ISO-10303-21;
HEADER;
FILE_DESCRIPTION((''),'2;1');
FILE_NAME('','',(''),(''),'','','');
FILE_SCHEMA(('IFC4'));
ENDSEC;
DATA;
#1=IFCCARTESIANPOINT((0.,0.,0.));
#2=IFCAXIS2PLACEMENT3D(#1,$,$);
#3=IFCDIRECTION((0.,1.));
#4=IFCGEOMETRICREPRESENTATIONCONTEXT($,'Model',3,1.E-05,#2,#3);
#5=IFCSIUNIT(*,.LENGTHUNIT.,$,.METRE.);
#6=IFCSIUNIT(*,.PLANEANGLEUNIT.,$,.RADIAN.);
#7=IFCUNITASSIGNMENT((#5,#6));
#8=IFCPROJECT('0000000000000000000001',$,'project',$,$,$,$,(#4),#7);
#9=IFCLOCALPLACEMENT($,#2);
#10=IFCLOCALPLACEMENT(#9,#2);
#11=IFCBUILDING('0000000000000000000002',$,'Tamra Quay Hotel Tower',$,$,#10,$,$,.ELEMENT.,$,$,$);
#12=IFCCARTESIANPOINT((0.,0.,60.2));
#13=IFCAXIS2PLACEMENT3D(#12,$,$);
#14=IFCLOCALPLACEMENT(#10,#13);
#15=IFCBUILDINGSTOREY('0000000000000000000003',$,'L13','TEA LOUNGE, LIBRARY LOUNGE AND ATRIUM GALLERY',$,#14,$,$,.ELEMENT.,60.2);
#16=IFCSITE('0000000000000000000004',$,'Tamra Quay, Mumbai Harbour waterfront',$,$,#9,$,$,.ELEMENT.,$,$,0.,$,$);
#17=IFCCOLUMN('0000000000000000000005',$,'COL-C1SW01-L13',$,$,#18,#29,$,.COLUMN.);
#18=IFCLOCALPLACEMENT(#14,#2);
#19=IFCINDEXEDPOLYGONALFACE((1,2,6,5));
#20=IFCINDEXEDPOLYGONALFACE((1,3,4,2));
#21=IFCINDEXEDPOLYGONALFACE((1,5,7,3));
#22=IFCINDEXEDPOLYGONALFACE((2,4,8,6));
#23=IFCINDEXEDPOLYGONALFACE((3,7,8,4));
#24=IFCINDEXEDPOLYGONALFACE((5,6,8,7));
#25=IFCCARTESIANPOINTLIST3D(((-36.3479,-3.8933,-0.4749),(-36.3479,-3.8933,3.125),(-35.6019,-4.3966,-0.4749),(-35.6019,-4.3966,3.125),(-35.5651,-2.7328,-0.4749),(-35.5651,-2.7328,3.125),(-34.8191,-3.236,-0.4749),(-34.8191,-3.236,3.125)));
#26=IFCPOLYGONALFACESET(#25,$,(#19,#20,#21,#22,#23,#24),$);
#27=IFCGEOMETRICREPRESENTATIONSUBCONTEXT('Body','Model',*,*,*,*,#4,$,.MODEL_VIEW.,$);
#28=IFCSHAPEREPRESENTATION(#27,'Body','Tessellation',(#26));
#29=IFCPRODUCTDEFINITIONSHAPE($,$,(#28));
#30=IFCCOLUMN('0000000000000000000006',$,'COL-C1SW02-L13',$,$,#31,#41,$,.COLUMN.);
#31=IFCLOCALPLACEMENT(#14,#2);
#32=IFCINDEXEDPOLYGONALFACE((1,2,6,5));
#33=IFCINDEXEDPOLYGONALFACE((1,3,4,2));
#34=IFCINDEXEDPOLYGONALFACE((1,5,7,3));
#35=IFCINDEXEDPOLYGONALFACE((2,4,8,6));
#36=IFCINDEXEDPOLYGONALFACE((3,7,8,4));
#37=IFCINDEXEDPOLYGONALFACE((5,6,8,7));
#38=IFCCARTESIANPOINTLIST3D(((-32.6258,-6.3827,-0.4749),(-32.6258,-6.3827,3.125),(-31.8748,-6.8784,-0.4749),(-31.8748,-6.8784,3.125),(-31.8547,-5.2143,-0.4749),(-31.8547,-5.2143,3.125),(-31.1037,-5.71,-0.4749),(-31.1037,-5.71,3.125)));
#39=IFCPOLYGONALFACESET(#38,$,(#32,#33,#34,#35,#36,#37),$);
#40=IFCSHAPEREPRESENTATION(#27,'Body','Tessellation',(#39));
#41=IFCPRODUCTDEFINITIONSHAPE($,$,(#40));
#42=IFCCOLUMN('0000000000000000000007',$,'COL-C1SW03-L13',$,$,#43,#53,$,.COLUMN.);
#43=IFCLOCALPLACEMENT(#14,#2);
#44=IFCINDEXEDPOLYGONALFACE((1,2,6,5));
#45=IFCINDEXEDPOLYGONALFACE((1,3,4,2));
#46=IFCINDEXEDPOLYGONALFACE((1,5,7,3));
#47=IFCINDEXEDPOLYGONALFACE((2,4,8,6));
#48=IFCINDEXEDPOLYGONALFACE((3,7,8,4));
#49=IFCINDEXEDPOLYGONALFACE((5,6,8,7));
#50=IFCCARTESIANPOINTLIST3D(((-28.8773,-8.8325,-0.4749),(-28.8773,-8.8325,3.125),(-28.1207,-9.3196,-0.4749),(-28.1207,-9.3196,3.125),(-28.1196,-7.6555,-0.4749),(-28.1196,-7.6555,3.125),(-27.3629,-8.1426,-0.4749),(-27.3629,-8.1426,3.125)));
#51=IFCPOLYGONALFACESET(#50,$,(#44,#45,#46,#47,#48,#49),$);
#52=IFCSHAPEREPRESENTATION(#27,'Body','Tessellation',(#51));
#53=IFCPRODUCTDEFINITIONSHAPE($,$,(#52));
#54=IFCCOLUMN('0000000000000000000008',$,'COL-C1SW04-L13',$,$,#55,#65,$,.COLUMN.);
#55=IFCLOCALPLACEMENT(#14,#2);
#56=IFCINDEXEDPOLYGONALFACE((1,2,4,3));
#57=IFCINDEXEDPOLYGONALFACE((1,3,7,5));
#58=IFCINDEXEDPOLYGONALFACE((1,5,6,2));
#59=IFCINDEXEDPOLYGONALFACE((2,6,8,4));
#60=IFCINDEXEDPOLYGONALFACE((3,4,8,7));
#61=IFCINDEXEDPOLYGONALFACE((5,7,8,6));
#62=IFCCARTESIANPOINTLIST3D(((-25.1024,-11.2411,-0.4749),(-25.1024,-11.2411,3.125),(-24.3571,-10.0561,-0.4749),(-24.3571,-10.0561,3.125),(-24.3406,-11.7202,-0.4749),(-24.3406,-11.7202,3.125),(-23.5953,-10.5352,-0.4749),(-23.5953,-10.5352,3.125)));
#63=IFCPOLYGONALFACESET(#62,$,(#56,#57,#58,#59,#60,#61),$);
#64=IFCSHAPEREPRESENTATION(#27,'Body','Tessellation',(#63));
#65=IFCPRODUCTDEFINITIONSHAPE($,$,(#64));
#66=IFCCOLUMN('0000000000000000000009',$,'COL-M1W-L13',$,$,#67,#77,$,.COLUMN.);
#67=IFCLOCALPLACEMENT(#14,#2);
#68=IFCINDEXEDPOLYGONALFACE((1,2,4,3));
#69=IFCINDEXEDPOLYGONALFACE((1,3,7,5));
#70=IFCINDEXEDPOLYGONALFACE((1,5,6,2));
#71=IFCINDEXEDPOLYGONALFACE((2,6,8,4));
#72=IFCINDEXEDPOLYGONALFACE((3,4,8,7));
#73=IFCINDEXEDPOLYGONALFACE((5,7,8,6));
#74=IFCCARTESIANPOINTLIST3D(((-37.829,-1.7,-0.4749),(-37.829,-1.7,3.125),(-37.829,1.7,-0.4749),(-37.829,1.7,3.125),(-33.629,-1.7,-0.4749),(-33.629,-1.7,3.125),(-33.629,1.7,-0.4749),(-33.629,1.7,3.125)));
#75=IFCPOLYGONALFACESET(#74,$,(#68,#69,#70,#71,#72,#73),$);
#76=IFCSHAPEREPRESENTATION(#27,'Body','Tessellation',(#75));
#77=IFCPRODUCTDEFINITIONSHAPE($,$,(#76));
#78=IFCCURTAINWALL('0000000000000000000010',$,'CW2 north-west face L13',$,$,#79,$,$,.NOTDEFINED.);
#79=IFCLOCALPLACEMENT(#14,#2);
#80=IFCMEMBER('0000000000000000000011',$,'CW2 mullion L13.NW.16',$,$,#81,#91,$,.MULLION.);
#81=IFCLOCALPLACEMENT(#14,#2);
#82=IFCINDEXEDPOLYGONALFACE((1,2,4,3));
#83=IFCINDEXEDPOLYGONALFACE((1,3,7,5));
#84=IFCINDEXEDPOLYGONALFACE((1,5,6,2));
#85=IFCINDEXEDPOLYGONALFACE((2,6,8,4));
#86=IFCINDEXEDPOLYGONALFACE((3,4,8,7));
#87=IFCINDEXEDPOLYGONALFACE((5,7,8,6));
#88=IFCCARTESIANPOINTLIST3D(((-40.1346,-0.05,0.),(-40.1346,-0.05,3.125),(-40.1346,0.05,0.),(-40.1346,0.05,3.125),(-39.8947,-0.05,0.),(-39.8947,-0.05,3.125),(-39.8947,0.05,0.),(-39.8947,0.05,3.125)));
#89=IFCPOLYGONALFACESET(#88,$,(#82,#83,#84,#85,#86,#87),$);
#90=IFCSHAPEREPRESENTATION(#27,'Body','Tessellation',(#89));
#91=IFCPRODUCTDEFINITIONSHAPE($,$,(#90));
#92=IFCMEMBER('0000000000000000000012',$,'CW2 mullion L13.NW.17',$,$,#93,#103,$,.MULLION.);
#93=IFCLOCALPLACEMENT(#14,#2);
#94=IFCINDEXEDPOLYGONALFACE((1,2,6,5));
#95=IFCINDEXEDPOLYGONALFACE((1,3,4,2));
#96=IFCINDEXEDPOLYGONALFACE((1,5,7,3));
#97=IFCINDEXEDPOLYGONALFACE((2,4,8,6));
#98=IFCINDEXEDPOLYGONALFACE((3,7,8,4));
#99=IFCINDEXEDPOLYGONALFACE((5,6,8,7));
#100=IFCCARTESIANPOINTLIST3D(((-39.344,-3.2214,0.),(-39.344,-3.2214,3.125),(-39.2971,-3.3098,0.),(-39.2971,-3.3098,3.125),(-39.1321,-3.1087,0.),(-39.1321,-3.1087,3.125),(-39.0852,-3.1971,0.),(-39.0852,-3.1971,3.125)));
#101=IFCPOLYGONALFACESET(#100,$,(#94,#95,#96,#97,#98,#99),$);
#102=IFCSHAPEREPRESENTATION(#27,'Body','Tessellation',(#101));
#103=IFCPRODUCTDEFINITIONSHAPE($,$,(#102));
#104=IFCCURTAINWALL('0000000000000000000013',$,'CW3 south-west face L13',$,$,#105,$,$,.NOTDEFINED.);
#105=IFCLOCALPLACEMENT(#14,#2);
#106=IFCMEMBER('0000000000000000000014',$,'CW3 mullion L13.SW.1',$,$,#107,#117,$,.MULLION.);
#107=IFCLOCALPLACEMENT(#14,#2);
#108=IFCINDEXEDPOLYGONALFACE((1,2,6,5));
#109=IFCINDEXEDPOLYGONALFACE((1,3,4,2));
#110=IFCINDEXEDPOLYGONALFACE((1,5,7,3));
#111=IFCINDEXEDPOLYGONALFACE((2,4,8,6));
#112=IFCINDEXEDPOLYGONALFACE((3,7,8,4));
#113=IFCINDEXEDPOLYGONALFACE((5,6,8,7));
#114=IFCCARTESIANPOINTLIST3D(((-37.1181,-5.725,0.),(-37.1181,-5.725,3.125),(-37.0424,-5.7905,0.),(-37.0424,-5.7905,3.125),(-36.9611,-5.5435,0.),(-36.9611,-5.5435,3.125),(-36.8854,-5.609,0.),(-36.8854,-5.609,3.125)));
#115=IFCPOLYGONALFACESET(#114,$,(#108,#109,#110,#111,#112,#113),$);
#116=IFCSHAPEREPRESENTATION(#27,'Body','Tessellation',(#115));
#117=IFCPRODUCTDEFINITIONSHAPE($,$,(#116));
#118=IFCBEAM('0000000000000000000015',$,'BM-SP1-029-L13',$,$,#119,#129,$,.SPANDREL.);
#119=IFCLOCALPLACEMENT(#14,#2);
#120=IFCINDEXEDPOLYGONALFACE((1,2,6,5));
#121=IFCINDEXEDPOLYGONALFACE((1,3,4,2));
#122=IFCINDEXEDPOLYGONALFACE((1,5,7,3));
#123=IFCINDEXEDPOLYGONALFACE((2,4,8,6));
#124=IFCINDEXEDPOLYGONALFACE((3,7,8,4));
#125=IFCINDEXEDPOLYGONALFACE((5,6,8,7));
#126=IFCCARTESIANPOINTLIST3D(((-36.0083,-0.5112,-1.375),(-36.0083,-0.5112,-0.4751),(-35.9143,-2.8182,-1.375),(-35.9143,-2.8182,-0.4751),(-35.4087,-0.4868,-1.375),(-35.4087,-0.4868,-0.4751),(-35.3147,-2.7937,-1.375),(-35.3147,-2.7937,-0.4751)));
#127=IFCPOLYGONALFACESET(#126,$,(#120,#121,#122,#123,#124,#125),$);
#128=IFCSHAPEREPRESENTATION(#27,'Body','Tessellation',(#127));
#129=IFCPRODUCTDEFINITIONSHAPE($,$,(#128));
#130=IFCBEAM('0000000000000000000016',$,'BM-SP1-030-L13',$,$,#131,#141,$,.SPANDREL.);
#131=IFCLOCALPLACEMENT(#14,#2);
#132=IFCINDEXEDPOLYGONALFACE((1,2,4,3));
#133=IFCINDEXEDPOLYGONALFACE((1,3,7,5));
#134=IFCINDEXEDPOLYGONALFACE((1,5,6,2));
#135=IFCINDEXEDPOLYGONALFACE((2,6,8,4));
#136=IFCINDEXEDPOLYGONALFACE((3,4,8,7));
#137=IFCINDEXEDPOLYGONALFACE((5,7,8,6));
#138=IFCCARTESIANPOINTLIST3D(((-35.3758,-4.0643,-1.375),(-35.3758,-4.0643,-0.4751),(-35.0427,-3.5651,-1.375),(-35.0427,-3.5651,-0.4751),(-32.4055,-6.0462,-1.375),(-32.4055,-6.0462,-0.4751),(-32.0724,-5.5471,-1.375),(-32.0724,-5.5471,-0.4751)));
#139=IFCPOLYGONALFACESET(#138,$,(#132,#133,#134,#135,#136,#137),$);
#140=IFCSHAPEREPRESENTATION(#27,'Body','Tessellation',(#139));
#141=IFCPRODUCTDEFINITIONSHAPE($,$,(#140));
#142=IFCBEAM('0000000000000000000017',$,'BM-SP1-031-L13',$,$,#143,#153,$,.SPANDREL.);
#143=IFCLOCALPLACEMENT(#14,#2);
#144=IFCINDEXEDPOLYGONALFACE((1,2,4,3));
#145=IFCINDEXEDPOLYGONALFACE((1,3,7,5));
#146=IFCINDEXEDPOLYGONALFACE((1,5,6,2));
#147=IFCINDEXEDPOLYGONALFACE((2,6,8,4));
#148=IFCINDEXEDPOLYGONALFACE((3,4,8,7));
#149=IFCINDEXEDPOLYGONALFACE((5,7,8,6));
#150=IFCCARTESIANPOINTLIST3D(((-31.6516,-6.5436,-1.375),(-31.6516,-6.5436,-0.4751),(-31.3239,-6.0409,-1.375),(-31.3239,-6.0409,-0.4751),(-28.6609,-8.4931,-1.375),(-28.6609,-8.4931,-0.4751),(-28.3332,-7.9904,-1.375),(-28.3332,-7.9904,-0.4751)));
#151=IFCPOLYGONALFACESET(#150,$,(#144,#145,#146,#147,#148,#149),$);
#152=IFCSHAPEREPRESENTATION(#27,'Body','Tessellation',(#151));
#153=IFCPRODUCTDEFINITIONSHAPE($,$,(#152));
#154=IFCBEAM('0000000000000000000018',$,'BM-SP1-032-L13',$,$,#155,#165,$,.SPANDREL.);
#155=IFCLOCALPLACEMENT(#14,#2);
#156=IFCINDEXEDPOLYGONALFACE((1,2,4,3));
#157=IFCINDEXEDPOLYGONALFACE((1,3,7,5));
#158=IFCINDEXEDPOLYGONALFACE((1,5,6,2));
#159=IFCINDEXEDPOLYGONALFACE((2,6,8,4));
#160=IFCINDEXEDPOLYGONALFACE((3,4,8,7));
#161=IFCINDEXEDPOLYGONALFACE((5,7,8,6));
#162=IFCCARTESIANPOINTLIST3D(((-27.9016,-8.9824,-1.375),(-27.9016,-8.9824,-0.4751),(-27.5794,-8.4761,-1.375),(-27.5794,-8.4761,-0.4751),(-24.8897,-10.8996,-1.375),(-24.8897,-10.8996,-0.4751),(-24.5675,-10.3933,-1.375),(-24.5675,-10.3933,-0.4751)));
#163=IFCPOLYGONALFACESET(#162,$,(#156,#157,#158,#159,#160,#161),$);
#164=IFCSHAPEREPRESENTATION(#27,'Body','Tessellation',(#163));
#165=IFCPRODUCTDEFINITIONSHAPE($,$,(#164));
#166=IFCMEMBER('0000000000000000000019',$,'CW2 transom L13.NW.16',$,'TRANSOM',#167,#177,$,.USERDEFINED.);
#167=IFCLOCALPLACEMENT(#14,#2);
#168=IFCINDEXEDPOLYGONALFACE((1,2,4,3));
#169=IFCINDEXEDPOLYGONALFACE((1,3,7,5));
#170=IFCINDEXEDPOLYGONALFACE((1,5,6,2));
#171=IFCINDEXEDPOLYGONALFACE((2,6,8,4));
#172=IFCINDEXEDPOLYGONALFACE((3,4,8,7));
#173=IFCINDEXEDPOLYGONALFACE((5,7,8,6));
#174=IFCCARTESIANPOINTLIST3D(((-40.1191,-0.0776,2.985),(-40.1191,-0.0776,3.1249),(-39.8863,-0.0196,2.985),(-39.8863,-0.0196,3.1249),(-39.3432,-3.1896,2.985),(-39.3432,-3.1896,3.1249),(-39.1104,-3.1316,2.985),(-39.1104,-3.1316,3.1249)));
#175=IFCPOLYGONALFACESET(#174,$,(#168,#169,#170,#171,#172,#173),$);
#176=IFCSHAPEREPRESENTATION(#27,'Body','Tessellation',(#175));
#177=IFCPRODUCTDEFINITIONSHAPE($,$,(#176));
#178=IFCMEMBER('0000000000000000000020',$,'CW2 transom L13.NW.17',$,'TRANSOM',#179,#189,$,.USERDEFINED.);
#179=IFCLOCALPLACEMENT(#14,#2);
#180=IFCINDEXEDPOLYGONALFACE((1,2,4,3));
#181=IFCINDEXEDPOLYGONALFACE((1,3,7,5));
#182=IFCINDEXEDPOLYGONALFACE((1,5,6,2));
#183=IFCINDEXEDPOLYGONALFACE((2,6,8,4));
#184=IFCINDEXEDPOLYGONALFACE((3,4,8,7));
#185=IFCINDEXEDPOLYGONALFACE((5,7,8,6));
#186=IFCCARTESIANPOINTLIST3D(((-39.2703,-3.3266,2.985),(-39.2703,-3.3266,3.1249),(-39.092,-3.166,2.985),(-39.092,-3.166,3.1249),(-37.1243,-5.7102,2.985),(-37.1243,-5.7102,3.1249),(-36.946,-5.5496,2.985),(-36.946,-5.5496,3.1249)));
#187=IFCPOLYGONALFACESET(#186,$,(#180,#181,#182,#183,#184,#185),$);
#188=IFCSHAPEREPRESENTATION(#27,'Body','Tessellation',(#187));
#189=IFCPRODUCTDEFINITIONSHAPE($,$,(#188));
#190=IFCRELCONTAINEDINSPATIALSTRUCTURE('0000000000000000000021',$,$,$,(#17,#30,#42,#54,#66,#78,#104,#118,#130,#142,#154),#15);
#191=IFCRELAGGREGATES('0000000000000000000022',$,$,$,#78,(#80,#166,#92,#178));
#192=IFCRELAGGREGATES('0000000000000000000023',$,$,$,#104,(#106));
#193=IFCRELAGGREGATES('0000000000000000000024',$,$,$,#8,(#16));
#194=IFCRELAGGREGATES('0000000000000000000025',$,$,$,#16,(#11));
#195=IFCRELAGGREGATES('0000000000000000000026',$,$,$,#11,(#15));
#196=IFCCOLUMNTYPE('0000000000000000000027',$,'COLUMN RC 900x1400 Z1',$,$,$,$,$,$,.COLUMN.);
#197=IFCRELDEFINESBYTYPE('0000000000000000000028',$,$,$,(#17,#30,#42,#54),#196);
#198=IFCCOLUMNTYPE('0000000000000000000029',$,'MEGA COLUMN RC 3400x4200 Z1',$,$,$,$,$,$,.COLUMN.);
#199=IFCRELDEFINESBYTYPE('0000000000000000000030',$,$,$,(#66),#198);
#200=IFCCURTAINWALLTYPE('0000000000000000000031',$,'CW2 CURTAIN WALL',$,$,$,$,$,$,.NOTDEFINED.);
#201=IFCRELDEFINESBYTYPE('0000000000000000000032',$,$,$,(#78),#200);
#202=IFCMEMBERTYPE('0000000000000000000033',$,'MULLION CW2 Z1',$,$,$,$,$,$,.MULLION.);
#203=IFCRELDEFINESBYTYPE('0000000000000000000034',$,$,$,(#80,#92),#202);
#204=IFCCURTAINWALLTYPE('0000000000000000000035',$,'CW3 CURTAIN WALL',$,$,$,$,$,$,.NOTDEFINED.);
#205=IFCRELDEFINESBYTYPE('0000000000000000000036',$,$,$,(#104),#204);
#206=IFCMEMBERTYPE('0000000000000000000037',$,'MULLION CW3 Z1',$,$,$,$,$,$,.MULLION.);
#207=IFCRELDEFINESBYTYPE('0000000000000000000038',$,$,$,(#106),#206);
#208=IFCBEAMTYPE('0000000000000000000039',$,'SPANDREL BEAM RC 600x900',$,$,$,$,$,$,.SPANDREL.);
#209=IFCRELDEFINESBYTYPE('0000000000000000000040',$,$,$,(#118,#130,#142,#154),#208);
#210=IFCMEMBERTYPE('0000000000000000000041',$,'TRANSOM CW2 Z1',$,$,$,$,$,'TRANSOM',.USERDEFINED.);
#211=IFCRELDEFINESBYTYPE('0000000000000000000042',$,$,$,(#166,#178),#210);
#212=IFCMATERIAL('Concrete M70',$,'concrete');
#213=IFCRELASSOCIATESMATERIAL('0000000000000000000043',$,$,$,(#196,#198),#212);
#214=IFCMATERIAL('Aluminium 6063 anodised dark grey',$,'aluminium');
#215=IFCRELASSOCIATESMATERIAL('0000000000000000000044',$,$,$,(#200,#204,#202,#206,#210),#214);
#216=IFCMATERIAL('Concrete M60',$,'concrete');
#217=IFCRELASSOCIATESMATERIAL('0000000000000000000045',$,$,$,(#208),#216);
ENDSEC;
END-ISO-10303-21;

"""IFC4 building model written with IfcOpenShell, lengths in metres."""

from ifc_helpers import new_model, si_unit, direction, frame, origin, origin_2d, place, context, subcontext, project, spatial, rectangle, extrude, material, material_profile, profile_set, type_object, element, aggregate, save


model = new_model("IFC4")

# Units and contexts
model_context = context("Model", 3, precision=1e-05, world=origin(), true_north=direction((0.0, 1.0)))
body_context = subcontext(model_context, "Body", "Model", "MODEL_VIEW")
ifc_project = project(units=[si_unit("LENGTHUNIT", "METRE"), si_unit("PLANEANGLEUNIT", "RADIAN")], contexts=[model_context])

# Site, building, storey
site_placement = place(None, origin())
site = spatial("IfcSite", under=ifc_project, at=site_placement, Name="Tamra Quay, Mumbai Harbour waterfront", CompositionType="ELEMENT", RefElevation=0.0)
building_placement = place(site_placement, origin())
building = spatial("IfcBuilding", under=site, at=building_placement, Name="Tamra Quay Hotel Tower", CompositionType="ELEMENT")
storey_placement = place(building_placement, frame((0.0, 0.0, 60.2)))
storey = spatial("IfcBuildingStorey", under=building, at=storey_placement, Name="L13", Description="TEA LOUNGE, LIBRARY LOUNGE AND ATRIUM GALLERY", CompositionType="ELEMENT", Elevation=60.2)

# Columns
ifc_material_1 = material(Name="Concrete M70", Category="concrete")
ifc_material_profile_1 = material_profile(ifc_material_1, rectangle(XDim=1.3999, YDim=0.8999, at=origin_2d()), Name="COLUMN RC 900x1400 Z1")
ifc_profile_set_1 = profile_set([ifc_material_profile_1], Name="Concrete M70")
column_type_1 = type_object("IfcColumnType", Name="COLUMN RC 900x1400 Z1", PredefinedType="COLUMN", material=ifc_profile_set_1)
for number, where, z_axis, x_axis, name in (
    (1, (-35.5835, -3.5647, -0.4749), (0.0, 0.0, 1.0), (0.55922, 0.829019, 0.0), "COL-C1SW01-L13"),
    (2, (-31.8647, -6.0464, -0.4749), (0.0, 0.0, 1.0), (0.550838, 0.834612, 0.0), "COL-C1SW02-L13"),
    (3, (-28.1201, -8.4875, -0.4749), (0.0, 0.0, 1.0), (0.541283, 0.840841, 0.0), "COL-C1SW03-L13"),
    (4, (-24.3489, -10.8882, -0.4749), (0.0, 0.0, 1.0), (0.532389, 0.8465, 0.0), "COL-C1SW04-L13"),
):
    element("IfcColumn", number, at=place(storey_placement, frame(where, z_axis=z_axis, x_axis=x_axis)), inside=storey, type_object=column_type_1, Name=name, PredefinedType="COLUMN", context=body_context, shape_type="SweptSolid", body=[
        extrude(rectangle(XDim=1.3999, YDim=0.8999, at=origin_2d()), origin(), (0.0, 0.0, 1.0), 3.5999),
    ])
ifc_material_profile_2 = material_profile(ifc_material_1, rectangle(XDim=4.2, YDim=3.3999, at=origin_2d()), Name="MEGA COLUMN RC 3400x4200 Z1")
ifc_profile_set_2 = profile_set([ifc_material_profile_2], Name="Concrete M70")
column_type_2 = type_object("IfcColumnType", Name="MEGA COLUMN RC 3400x4200 Z1", PredefinedType="COLUMN", material=ifc_profile_set_2)
column_placement = place(storey_placement, frame((-35.729, 0.0, -0.4749), z_axis=(0.0, 0.0, 1.0), x_axis=(1.0, 0.0, 0.0)))
element("IfcColumn", 5, at=column_placement, inside=storey, type_object=column_type_2, Name="COL-M1W-L13", PredefinedType="COLUMN", context=body_context, shape_type="SweptSolid", body=[
    extrude(rectangle(XDim=4.2, YDim=3.3999, at=origin_2d()), origin(), (0.0, 0.0, 1.0), 3.5999),
])

# Curtain wall, members
ifc_material_2 = material(Name="Aluminium 6063 anodised dark grey", Category="aluminium")
curtain_wall_type_1 = type_object("IfcCurtainWallType", Name="CW2 CURTAIN WALL", PredefinedType="NOTDEFINED", material=ifc_material_2)
curtain_wall_1_placement = place(storey_placement, origin())
curtain_wall_1 = element("IfcCurtainWall", 6, at=curtain_wall_1_placement, inside=storey, type_object=curtain_wall_type_1, Name="CW2 north-west face L13", PredefinedType="NOTDEFINED")
ifc_material_profile_3 = material_profile(ifc_material_2, rectangle(XDim=0.24, YDim=0.1001, at=origin_2d()), Name="MULLION 100X240")
ifc_profile_set_3 = profile_set([ifc_material_profile_3], Name="Aluminium 6063 anodised dark grey")
member_type_1 = type_object("IfcMemberType", Name="MULLION CW2 Z1", PredefinedType="MULLION", material=ifc_profile_set_3)
member_1_placement = place(storey_placement, frame((-40.0146, 0.0, 0.0), z_axis=(0.0, 0.0, 1.0), x_axis=(-1.0, 0.0, 0.0)))
member_1 = element("IfcMember", 7, at=member_1_placement, type_object=member_type_1, Name="CW2 mullion L13.NW.16", PredefinedType="MULLION", context=body_context, shape_type="SweptSolid", body=[
    extrude(rectangle(XDim=0.24, YDim=0.1001, at=origin_2d()), origin(), (0.0, 0.0, 1.0), 3.125),
])
member_2_placement = place(storey_placement, frame((-39.2146, -3.2092, 0.0), z_axis=(0.0, 0.0, 1.0), x_axis=(-0.882955, -0.469457, 0.0)))
member_2 = element("IfcMember", 8, at=member_2_placement, type_object=member_type_1, Name="CW2 mullion L13.NW.17", PredefinedType="MULLION", context=body_context, shape_type="SweptSolid", body=[
    extrude(rectangle(XDim=0.24, YDim=0.1001, at=origin_2d()), origin(), (0.0, 0.0, 1.0), 3.125),
])

# Curtain wall, member
curtain_wall_type_2 = type_object("IfcCurtainWallType", Name="CW3 CURTAIN WALL", PredefinedType="NOTDEFINED", material=ifc_material_2)
curtain_wall_2_placement = place(storey_placement, origin())
curtain_wall_2 = element("IfcCurtainWall", 9, at=curtain_wall_2_placement, inside=storey, type_object=curtain_wall_type_2, Name="CW3 south-west face L13", PredefinedType="NOTDEFINED")
ifc_material_profile_4 = material_profile(ifc_material_2, rectangle(XDim=0.24, YDim=0.1001, at=origin_2d()), Name="MULLION 100X240")
ifc_profile_set_4 = profile_set([ifc_material_profile_4], Name="Aluminium 6063 anodised dark grey")
member_type_2 = type_object("IfcMemberType", Name="MULLION CW3 Z1", PredefinedType="MULLION", material=ifc_profile_set_4)
member_3_placement = place(storey_placement, frame((-37.0017, -5.667, 0.0), z_axis=(0.0, 0.0, 1.0), x_axis=(-0.654197, -0.756324, 0.0)))
member_3 = element("IfcMember", 10, at=member_3_placement, type_object=member_type_2, Name="CW3 mullion L13.SW.1", PredefinedType="MULLION", context=body_context, shape_type="SweptSolid", body=[
    extrude(rectangle(XDim=0.24, YDim=0.1001, at=origin_2d()), origin(), (0.0, 0.0, 1.0), 3.125),
])

# Beams
ifc_material_3 = material(Name="Concrete M60", Category="concrete")
ifc_material_profile_5 = material_profile(ifc_material_3, rectangle(XDim=0.6001, YDim=0.8999, at=origin_2d()), Name="SPANDREL BEAM RC 600x900")
ifc_profile_set_5 = profile_set([ifc_material_profile_5], Name="Concrete M60")
beam_type = type_object("IfcBeamType", Name="SPANDREL BEAM RC 600x900", PredefinedType="SPANDREL", material=ifc_profile_set_5)
beam_1_placement = place(storey_placement, frame((-35.7085, -0.499, -0.925), z_axis=(0.040711, -0.999171, 0.0), x_axis=(0.999171, 0.040711, 0.0)))
element("IfcBeam", 11, at=beam_1_placement, inside=storey, type_object=beam_type, Name="BM-SP1-029-L13", PredefinedType="SPANDREL", context=body_context, shape_type="SweptSolid", body=[
    extrude(rectangle(XDim=0.6001, YDim=0.8999, at=origin_2d()), origin(), (0.0, 0.0, 1.0), 2.3088),
])
beam_2_placement = place(storey_placement, frame((-35.2092, -3.8147, -0.925), z_axis=(0.831819, -0.555047, 0.0), x_axis=(0.555047, 0.831819, 0.0)))
element("IfcBeam", 12, at=beam_2_placement, inside=storey, type_object=beam_type, Name="BM-SP1-030-L13", PredefinedType="SPANDREL", context=body_context, shape_type="SweptSolid", body=[
    extrude(rectangle(XDim=0.6001, YDim=0.8999, at=origin_2d()), origin(), (0.0, 0.0, 1.0), 3.5708),
])
beam_3_placement = place(storey_placement, frame((-31.4878, -6.2922, -0.925), z_axis=(0.83774, -0.54607, 0.0), x_axis=(0.54607, 0.83774, 0.0)))
element("IfcBeam", 13, at=beam_3_placement, inside=storey, type_object=beam_type, Name="BM-SP1-031-L13", PredefinedType="SPANDREL", context=body_context, shape_type="SweptSolid", body=[
    extrude(rectangle(XDim=0.6001, YDim=0.8999, at=origin_2d()), origin(), (0.0, 0.0, 1.0), 3.5701),
])
beam_4_placement = place(storey_placement, frame((-27.7405, -8.7292, -0.925), z_axis=(0.843594, -0.536982, 0.0), x_axis=(0.536982, 0.843594, 0.0)))
element("IfcBeam", 14, at=beam_4_placement, inside=storey, type_object=beam_type, Name="BM-SP1-032-L13", PredefinedType="SPANDREL", context=body_context, shape_type="SweptSolid", body=[
    extrude(rectangle(XDim=0.6001, YDim=0.8999, at=origin_2d()), origin(), (0.0, 0.0, 1.0), 3.5703),
])

# Members
ifc_material_profile_6 = material_profile(ifc_material_2, rectangle(XDim=0.24, YDim=0.1399, at=origin_2d()), Name="TRANSOM 240X140")
ifc_profile_set_6 = profile_set([ifc_material_profile_6], Name="Aluminium 6063 anodised dark grey")
member_type_3 = type_object("IfcMemberType", Name="TRANSOM CW2 Z1", ElementType="TRANSOM", PredefinedType="USERDEFINED", material=ifc_profile_set_6)
member_4_placement = place(storey_placement, frame((-40.0027, -0.0486, 3.0549), z_axis=(0.241909, -0.970299, 0.0), x_axis=(0.970299, 0.241909, 0.0)))
member_4 = element("IfcMember", 15, at=member_4_placement, type_object=member_type_3, Name="CW2 transom L13.NW.16", ObjectType="TRANSOM", PredefinedType="USERDEFINED", context=body_context, shape_type="SweptSolid", body=[
    extrude(rectangle(XDim=0.24, YDim=0.1399, at=origin_2d()), origin(), (0.0, 0.0, 1.0), 3.2073),
])
member_5_placement = place(storey_placement, frame((-39.1812, -3.2463, 3.0549), z_axis=(0.669104, -0.743169, 0.0), x_axis=(0.743169, 0.669104, 0.0)))
member_5 = element("IfcMember", 16, at=member_5_placement, type_object=member_type_3, Name="CW2 transom L13.NW.17", ObjectType="TRANSOM", PredefinedType="USERDEFINED", context=body_context, shape_type="SweptSolid", body=[
    extrude(rectangle(XDim=0.24, YDim=0.1399, at=origin_2d()), origin(), (0.0, 0.0, 1.0), 3.2073),
])

aggregate(curtain_wall_1, [member_1, member_4, member_2, member_5])
aggregate(curtain_wall_2, [member_3])

save(model, "model.ifc")
